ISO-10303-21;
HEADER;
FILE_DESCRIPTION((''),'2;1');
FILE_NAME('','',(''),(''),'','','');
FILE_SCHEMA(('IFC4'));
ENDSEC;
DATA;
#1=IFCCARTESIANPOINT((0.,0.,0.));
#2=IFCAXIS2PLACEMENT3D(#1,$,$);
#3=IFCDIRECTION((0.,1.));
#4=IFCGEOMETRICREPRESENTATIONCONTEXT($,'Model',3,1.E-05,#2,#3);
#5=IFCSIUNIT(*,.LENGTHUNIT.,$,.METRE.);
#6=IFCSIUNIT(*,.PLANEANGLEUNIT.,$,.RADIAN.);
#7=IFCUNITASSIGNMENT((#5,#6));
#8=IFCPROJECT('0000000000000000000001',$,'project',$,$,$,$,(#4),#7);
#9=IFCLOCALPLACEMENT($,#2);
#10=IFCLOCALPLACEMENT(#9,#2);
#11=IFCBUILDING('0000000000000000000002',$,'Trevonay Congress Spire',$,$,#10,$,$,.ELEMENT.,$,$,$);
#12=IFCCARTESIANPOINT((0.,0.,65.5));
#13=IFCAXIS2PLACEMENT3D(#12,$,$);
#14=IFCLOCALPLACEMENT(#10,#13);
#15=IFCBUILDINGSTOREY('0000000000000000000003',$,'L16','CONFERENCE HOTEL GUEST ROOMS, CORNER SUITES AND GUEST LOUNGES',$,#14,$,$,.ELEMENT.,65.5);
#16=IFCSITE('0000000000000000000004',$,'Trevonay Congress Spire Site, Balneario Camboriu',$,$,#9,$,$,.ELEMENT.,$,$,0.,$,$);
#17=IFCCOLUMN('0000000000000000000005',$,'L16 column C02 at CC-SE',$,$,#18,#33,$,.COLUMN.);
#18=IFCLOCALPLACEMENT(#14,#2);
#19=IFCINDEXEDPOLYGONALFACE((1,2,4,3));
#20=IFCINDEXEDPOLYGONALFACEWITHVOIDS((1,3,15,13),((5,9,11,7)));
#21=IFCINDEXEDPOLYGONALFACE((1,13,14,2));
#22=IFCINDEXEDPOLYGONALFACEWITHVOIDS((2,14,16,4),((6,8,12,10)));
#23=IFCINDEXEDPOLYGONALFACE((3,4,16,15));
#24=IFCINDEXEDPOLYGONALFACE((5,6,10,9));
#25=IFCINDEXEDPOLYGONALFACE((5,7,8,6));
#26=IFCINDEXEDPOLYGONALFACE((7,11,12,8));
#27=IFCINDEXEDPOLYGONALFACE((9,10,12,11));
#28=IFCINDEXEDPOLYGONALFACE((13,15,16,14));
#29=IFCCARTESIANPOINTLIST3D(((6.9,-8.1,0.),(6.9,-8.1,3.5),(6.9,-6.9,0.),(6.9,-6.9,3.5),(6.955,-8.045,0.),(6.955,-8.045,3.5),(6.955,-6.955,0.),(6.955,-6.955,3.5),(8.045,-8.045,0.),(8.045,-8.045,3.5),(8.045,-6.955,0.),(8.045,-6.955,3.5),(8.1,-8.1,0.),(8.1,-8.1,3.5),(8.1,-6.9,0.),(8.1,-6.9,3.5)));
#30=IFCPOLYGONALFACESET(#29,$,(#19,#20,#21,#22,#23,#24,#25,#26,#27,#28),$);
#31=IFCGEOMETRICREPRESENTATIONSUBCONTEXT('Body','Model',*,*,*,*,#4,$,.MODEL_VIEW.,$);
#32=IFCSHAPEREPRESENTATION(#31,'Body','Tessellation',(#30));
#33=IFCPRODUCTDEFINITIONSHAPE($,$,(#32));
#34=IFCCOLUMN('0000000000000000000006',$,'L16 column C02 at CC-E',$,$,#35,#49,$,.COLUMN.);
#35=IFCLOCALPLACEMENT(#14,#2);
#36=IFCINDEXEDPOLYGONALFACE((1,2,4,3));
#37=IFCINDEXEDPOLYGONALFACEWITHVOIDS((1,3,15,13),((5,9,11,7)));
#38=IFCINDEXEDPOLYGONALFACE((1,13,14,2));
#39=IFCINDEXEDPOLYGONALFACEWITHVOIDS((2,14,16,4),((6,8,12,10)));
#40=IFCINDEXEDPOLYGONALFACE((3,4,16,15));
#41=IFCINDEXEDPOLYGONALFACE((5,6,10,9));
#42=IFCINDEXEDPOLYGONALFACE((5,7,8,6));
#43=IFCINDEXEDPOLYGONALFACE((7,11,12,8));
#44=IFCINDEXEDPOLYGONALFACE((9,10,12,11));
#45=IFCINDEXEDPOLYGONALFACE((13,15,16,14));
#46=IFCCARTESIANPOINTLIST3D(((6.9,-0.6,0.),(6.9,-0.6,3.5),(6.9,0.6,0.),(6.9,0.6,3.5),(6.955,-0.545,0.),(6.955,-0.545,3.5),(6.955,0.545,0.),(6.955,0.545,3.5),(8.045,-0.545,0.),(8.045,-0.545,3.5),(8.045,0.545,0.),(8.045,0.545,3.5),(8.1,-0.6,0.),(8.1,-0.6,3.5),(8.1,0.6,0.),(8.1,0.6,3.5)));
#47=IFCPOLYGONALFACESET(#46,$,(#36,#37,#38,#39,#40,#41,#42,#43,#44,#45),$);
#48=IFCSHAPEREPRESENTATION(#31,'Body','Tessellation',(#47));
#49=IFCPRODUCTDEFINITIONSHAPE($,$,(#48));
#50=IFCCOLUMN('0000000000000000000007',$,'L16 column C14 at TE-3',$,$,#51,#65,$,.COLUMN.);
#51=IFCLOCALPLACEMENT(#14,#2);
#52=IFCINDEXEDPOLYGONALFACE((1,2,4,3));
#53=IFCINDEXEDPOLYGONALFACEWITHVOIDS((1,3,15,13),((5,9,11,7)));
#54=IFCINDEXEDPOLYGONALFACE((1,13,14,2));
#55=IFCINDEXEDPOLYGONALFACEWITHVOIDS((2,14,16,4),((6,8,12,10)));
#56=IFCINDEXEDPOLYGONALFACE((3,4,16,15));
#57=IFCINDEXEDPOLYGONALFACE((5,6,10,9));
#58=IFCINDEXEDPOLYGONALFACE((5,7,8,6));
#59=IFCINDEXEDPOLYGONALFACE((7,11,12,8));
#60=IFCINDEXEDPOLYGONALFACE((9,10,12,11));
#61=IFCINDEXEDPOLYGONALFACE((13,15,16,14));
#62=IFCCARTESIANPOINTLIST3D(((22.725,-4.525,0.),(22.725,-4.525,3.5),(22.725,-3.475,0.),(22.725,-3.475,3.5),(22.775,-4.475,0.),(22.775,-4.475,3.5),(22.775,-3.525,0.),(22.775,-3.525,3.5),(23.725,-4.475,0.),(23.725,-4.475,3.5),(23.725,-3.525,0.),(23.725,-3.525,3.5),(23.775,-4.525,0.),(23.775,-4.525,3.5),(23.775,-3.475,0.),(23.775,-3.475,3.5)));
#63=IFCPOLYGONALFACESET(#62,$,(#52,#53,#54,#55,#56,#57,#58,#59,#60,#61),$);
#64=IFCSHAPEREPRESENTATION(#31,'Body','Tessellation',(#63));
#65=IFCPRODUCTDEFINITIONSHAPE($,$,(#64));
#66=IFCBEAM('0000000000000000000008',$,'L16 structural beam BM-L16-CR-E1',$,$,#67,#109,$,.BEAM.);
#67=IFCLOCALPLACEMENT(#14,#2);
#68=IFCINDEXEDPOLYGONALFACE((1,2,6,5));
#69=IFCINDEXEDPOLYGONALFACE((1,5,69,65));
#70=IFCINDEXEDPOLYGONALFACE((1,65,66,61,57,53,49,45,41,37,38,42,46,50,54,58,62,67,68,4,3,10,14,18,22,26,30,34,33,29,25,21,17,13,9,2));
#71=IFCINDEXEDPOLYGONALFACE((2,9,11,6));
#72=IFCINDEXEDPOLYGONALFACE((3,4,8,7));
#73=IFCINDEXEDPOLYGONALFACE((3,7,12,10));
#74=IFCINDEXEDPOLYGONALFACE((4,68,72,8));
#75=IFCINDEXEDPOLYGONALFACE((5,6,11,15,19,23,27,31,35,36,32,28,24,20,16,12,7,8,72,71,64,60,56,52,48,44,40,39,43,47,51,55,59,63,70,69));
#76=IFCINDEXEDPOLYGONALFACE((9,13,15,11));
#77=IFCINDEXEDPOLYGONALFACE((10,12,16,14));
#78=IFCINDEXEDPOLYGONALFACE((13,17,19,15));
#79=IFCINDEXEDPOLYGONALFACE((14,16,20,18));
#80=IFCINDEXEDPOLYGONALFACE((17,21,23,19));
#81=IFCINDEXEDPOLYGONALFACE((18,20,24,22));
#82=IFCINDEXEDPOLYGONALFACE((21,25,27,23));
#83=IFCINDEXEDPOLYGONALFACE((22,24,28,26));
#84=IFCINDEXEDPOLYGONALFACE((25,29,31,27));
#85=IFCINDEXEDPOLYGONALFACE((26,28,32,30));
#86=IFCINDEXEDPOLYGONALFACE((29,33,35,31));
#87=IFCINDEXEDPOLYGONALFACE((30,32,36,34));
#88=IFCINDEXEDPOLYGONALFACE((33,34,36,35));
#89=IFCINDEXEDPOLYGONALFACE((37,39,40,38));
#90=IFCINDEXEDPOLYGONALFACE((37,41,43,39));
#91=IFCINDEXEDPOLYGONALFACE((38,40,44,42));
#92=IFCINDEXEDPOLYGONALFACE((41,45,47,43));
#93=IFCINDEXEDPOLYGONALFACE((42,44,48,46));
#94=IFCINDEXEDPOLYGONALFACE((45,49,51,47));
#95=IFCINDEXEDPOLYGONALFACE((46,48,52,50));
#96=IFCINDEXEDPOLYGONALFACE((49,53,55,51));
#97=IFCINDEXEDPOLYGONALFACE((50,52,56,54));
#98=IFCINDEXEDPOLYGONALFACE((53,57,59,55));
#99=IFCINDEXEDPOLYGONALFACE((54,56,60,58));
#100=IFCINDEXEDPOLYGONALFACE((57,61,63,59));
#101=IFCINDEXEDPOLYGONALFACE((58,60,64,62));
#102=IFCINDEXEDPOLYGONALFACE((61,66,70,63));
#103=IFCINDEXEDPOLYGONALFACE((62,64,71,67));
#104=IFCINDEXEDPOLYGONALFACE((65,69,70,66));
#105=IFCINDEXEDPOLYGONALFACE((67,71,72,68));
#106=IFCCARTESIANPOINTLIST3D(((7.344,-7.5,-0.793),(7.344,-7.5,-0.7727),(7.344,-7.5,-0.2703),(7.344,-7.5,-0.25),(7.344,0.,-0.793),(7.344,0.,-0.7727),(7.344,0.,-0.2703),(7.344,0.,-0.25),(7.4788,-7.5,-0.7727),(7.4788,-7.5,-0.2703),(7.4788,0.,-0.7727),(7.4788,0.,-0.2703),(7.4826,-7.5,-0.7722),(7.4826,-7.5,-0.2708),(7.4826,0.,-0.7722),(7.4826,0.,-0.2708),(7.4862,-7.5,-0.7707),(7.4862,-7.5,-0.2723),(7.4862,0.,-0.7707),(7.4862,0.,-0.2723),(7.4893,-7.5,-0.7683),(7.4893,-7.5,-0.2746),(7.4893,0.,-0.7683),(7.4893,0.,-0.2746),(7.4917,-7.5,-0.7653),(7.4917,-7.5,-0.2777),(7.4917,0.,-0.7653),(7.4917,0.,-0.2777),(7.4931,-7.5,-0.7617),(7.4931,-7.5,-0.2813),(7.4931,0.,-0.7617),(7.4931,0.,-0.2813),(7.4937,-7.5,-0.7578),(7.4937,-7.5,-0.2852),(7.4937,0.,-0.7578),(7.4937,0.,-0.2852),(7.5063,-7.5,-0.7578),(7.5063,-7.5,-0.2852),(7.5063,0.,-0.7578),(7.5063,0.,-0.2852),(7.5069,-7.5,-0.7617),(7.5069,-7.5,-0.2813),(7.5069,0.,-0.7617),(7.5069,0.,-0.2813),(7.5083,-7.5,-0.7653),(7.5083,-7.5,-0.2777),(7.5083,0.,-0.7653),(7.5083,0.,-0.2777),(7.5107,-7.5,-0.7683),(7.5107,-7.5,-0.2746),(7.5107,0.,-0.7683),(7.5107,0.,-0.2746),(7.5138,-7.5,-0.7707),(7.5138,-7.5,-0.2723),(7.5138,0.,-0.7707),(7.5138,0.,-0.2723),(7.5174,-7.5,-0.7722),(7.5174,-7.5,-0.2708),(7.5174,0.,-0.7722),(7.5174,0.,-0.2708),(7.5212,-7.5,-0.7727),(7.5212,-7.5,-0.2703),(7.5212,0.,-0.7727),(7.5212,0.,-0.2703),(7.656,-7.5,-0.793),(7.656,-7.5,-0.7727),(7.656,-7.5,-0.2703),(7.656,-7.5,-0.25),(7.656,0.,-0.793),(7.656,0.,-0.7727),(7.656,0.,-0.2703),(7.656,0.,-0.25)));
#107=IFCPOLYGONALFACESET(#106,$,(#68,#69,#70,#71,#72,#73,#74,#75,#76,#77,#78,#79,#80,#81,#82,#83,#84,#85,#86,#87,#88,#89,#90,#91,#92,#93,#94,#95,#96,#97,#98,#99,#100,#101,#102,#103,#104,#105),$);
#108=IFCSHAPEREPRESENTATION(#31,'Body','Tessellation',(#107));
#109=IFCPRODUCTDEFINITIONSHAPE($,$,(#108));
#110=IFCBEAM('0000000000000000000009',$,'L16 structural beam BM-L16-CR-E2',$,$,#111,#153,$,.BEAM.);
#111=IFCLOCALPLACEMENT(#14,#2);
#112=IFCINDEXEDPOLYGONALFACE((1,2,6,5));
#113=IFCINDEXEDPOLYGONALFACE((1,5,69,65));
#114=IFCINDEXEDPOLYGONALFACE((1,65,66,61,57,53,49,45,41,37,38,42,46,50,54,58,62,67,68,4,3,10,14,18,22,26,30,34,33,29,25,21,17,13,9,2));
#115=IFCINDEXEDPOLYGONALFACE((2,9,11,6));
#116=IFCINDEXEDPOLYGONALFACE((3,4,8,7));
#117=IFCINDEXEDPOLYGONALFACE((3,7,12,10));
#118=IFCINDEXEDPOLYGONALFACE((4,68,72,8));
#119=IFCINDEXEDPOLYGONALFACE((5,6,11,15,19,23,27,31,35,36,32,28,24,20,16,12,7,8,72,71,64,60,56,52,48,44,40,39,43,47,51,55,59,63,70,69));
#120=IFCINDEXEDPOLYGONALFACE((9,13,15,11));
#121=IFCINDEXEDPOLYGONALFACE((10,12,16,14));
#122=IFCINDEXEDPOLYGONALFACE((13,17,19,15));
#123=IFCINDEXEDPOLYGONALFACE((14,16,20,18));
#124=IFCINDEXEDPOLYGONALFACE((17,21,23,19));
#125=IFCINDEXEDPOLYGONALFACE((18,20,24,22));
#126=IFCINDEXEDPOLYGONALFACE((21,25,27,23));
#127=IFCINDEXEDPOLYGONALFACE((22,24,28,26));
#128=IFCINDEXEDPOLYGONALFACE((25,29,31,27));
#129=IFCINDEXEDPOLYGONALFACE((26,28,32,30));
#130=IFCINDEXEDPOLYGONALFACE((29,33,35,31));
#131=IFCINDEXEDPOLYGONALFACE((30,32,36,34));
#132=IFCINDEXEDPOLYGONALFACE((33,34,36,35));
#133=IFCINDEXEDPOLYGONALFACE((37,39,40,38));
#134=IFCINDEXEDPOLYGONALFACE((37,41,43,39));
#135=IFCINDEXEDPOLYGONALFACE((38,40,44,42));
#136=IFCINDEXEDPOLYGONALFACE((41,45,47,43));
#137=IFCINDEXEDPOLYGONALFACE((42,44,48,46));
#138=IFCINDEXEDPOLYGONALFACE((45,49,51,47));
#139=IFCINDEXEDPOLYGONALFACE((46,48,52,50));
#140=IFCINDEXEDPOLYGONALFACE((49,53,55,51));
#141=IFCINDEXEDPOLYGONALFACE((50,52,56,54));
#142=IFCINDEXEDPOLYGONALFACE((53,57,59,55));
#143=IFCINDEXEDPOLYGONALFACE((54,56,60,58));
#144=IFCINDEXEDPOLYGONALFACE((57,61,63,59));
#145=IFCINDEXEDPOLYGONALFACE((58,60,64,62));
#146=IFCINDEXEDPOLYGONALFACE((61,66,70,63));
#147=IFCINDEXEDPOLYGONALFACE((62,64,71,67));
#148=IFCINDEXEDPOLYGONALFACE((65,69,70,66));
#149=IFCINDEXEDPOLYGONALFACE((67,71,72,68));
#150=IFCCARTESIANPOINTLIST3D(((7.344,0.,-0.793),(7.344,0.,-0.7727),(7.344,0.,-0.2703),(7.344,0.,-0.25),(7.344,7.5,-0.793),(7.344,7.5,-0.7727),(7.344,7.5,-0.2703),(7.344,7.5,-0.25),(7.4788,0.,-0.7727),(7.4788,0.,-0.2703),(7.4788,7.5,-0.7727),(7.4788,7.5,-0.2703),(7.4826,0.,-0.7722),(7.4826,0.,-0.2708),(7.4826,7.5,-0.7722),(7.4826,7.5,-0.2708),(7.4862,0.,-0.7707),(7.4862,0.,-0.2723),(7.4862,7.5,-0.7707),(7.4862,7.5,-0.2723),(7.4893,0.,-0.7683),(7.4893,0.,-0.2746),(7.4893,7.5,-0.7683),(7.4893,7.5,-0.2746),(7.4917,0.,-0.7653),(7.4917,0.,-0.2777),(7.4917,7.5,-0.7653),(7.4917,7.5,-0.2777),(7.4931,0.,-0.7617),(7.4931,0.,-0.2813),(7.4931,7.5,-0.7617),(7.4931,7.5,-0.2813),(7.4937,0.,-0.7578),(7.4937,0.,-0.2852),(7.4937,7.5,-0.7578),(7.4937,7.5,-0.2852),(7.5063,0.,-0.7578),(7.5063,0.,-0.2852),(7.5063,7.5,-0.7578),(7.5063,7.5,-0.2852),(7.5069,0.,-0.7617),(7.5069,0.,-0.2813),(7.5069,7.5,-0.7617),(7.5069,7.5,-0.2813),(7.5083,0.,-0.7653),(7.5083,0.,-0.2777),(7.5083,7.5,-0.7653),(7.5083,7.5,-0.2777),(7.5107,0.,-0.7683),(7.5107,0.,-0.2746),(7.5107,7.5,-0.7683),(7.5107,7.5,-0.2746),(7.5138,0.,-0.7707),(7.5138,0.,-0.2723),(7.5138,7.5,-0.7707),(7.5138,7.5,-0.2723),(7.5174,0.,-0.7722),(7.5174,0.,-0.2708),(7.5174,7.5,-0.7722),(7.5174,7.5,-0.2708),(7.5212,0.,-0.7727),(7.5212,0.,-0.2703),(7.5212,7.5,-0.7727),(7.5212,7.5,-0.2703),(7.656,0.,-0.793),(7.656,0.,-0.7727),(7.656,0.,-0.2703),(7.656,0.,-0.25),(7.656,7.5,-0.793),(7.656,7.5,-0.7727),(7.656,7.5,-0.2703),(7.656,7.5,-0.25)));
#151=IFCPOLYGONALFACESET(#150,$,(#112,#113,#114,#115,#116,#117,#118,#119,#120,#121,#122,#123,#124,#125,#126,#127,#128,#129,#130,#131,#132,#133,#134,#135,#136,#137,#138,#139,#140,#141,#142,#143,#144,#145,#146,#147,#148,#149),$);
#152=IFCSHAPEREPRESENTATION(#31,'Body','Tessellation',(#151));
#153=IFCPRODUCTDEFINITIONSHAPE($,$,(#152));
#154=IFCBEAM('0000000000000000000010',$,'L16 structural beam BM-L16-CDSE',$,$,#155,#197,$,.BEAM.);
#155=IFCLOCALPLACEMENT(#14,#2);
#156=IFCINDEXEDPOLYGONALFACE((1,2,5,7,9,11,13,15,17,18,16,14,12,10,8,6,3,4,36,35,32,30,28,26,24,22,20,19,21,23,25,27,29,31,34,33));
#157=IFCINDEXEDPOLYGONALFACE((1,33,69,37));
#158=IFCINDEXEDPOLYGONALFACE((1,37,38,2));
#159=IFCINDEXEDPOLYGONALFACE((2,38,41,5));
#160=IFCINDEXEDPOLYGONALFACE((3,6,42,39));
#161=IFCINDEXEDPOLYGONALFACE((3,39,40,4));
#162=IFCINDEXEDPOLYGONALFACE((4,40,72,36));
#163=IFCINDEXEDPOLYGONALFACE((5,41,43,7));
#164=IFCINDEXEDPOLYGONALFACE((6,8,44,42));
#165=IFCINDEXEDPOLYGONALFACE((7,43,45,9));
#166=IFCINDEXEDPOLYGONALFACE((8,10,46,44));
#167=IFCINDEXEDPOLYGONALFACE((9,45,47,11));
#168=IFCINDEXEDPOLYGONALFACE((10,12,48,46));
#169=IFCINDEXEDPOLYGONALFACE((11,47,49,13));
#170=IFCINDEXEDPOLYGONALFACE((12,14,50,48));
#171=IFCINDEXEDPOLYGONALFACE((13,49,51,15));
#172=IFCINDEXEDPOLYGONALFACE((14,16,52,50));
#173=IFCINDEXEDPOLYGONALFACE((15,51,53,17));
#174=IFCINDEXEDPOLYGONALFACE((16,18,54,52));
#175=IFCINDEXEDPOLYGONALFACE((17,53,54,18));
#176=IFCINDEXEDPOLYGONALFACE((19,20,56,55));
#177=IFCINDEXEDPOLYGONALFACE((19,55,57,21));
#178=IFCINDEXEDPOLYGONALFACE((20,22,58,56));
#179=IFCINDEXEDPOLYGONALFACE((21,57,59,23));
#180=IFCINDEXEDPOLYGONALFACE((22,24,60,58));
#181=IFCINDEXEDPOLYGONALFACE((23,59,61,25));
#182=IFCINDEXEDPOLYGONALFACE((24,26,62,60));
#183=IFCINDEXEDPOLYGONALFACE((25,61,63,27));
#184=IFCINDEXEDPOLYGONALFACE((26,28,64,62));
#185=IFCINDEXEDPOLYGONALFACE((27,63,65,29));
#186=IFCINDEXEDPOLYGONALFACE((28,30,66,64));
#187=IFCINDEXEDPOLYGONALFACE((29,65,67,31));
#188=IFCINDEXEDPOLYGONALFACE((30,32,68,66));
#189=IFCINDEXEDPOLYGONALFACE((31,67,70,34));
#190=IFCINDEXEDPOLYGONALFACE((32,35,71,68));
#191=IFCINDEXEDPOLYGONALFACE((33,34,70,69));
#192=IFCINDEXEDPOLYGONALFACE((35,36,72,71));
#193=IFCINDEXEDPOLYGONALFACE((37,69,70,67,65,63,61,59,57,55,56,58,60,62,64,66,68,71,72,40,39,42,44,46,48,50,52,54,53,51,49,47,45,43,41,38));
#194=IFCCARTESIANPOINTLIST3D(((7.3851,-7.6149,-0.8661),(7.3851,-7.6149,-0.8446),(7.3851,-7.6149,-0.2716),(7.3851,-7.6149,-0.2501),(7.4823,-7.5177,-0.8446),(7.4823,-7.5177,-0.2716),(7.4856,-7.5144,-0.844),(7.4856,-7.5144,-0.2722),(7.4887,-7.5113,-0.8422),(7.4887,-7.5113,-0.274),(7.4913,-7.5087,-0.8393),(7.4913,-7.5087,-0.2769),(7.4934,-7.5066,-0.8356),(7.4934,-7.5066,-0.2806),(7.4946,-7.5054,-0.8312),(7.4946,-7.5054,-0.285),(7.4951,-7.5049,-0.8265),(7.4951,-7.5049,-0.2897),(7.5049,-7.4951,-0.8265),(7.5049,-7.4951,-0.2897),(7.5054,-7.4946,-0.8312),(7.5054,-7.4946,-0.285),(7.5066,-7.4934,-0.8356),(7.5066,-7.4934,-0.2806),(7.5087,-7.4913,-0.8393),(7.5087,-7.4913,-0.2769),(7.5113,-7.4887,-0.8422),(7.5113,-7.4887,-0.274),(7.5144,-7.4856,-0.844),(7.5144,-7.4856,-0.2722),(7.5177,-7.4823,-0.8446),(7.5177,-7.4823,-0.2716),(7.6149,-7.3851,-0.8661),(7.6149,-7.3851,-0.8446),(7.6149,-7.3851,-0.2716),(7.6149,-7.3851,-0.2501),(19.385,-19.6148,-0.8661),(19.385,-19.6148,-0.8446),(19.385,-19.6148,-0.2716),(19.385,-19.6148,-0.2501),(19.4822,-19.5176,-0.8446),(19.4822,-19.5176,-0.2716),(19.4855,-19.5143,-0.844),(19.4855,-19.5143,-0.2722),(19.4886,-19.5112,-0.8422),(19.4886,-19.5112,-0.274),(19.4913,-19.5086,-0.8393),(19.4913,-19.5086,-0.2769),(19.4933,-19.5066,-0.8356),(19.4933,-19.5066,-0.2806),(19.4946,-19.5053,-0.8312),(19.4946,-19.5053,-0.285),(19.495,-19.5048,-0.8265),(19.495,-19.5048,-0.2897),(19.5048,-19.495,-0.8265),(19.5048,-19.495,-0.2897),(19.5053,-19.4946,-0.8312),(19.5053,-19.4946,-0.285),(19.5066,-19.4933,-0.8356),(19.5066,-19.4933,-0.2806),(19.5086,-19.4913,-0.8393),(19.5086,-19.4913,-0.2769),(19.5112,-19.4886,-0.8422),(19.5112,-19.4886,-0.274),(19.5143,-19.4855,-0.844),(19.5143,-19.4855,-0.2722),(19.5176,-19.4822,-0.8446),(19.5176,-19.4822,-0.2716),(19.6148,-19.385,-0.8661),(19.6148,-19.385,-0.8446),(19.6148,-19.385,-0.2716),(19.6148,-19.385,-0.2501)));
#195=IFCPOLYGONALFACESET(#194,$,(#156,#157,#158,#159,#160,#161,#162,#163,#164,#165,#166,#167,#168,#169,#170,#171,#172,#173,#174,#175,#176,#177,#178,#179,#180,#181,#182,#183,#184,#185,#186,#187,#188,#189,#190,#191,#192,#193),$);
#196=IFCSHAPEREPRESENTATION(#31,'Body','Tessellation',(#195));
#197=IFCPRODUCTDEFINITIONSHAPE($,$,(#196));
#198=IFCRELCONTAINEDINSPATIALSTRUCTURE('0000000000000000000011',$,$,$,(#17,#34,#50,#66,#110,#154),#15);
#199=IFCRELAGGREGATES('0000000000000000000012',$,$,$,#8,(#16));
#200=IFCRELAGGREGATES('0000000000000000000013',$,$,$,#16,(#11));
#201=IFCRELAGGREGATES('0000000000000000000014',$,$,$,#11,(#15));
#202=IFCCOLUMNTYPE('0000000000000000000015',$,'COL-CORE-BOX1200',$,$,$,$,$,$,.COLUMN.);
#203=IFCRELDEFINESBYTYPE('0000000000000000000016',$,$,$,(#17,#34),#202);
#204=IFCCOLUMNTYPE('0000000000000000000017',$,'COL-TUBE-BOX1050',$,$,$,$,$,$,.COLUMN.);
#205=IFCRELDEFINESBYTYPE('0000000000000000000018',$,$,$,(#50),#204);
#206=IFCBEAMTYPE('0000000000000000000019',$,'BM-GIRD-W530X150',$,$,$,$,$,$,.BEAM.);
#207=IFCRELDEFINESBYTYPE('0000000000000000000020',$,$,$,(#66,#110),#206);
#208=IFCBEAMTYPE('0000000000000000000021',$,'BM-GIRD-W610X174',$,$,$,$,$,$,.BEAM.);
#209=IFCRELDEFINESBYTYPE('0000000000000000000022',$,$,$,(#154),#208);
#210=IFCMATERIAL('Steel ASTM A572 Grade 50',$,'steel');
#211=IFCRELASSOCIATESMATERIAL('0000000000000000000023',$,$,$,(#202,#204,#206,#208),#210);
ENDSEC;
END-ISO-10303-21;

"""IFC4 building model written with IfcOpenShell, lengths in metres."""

from ifc_helpers import new_model, si_unit, direction, frame, origin, origin_2d, place, context, subcontext, project, spatial, hollow_rectangle, i_section, extrude, material, material_profile, profile_set, type_object, element, save


model = new_model("IFC4")

# Units and contexts
model_context = context("Model", 3, precision=1e-05, world=origin(), true_north=direction((0.0, 1.0)))
body_context = subcontext(model_context, "Body", "Model", "MODEL_VIEW")
ifc_project = project(units=[si_unit("LENGTHUNIT", "METRE"), si_unit("PLANEANGLEUNIT", "RADIAN")], contexts=[model_context])

# Site, building, storey
site_placement = place(None, origin())
site = spatial("IfcSite", under=ifc_project, at=site_placement, Name="Trevonay Congress Spire Site, Balneario Camboriu", CompositionType="ELEMENT", RefElevation=0.0)
building_placement = place(site_placement, origin())
building = spatial("IfcBuilding", under=site, at=building_placement, Name="Trevonay Congress Spire", CompositionType="ELEMENT")
storey_placement = place(building_placement, frame((0.0, 0.0, 65.5)))
storey = spatial("IfcBuildingStorey", under=building, at=storey_placement, Name="L16", Description="CONFERENCE HOTEL GUEST ROOMS, CORNER SUITES AND GUEST LOUNGES", CompositionType="ELEMENT", Elevation=65.5)

# Columns
ifc_material_1 = material(Name="Steel ASTM A572 Grade 50", Category="steel")
ifc_material_profile_1 = material_profile(ifc_material_1, hollow_rectangle(XDim=1.2, YDim=1.2, WallThickness=0.0549, at=origin_2d()), Name="BOX 1200x1200x55")
ifc_profile_set_1 = profile_set([ifc_material_profile_1], Name="Steel ASTM A572 Grade 50")
column_type_1 = type_object("IfcColumnType", Name="COL-CORE-BOX1200", PredefinedType="COLUMN", material=ifc_profile_set_1)
for number, where, z_axis, x_axis, name in (
    (1, (7.5, -7.5, 0.0), (0.0, 0.0, 1.0), (1.0, 0.0, 0.0), "L16 column C02 at CC-SE"),
    (2, (7.5, 0.0, 0.0), (0.0, 0.0, 1.0), (1.0, 0.0, 0.0), "L16 column C02 at CC-E"),
):
    element("IfcColumn", number, at=place(storey_placement, frame(where, z_axis=z_axis, x_axis=x_axis)), inside=storey, type_object=column_type_1, Name=name, PredefinedType="COLUMN", context=body_context, shape_type="SweptSolid", body=[
        extrude(hollow_rectangle(XDim=1.2, YDim=1.2, WallThickness=0.0549, at=origin_2d()), origin(), (0.0, 0.0, 1.0), 3.5),
    ])
ifc_material_profile_2 = material_profile(ifc_material_1, hollow_rectangle(XDim=1.05, YDim=1.05, WallThickness=0.05, at=origin_2d()), Name="BOX 1050x1050x50")
ifc_profile_set_2 = profile_set([ifc_material_profile_2], Name="Steel ASTM A572 Grade 50")
column_type_2 = type_object("IfcColumnType", Name="COL-TUBE-BOX1050", PredefinedType="COLUMN", material=ifc_profile_set_2)
column_placement = place(storey_placement, frame((23.25, -4.0, 0.0), z_axis=(0.0, 0.0, 1.0), x_axis=(1.0, 0.0, 0.0)))
element("IfcColumn", 3, at=column_placement, inside=storey, type_object=column_type_2, Name="L16 column C14 at TE-3", PredefinedType="COLUMN", context=body_context, shape_type="SweptSolid", body=[
    extrude(hollow_rectangle(XDim=1.05, YDim=1.05, WallThickness=0.05, at=origin_2d()), origin(), (0.0, 0.0, 1.0), 3.5),
])

# Beams
ifc_material_profile_3 = material_profile(ifc_material_1, i_section(OverallWidth=0.312, OverallDepth=0.543, WebThickness=0.0127, FlangeThickness=0.0203, FilletRadius=0.0149, at=origin_2d()), Name="W530x150")
ifc_profile_set_3 = profile_set([ifc_material_profile_3], Name="Steel ASTM A572 Grade 50")
beam_type_1 = type_object("IfcBeamType", Name="BM-GIRD-W530X150", PredefinedType="BEAM", material=ifc_profile_set_3)
for number, where, z_axis, x_axis, name in (
    (4, (7.5, -7.5, -0.5215), (0.0, 1.0, 0.0), (-1.0, 0.0, 0.0), "L16 structural beam BM-L16-CR-E1"),
    (5, (7.5, 0.0, -0.5215), (0.0, 1.0, 0.0), (-1.0, 0.0, 0.0), "L16 structural beam BM-L16-CR-E2"),
):
    element("IfcBeam", number, at=place(storey_placement, frame(where, z_axis=z_axis, x_axis=x_axis)), inside=storey, type_object=beam_type_1, Name=name, PredefinedType="BEAM", context=body_context, shape_type="SweptSolid", body=[
        extrude(i_section(OverallWidth=0.312, OverallDepth=0.543, WebThickness=0.0127, FlangeThickness=0.0203, FilletRadius=0.0149, at=origin_2d()), origin(), (0.0, 0.0, 1.0), 7.5),
    ])
ifc_material_profile_4 = material_profile(ifc_material_1, i_section(OverallWidth=0.325, OverallDepth=0.616, WebThickness=0.0139, FlangeThickness=0.0215, FilletRadius=0.0181, at=origin_2d()), Name="W610x174")
ifc_profile_set_4 = profile_set([ifc_material_profile_4], Name="Steel ASTM A572 Grade 50")
beam_type_2 = type_object("IfcBeamType", Name="BM-GIRD-W610X174", PredefinedType="BEAM", material=ifc_profile_set_4)
beam_1_placement = place(storey_placement, frame((7.5, -7.5, -0.5581), z_axis=(0.707107, -0.707107, 0.0), x_axis=(0.707107, 0.707107, 0.0)))
element("IfcBeam", 6, at=beam_1_placement, inside=storey, type_object=beam_type_2, Name="L16 structural beam BM-L16-CDSE", PredefinedType="BEAM", context=body_context, shape_type="SweptSolid", body=[
    extrude(i_section(OverallWidth=0.325, OverallDepth=0.616, WebThickness=0.0139, FlangeThickness=0.0215, FilletRadius=0.0181, at=origin_2d()), origin(), (0.0, 0.0, 1.0), 16.9705),
])

save(model, "model.ifc")
